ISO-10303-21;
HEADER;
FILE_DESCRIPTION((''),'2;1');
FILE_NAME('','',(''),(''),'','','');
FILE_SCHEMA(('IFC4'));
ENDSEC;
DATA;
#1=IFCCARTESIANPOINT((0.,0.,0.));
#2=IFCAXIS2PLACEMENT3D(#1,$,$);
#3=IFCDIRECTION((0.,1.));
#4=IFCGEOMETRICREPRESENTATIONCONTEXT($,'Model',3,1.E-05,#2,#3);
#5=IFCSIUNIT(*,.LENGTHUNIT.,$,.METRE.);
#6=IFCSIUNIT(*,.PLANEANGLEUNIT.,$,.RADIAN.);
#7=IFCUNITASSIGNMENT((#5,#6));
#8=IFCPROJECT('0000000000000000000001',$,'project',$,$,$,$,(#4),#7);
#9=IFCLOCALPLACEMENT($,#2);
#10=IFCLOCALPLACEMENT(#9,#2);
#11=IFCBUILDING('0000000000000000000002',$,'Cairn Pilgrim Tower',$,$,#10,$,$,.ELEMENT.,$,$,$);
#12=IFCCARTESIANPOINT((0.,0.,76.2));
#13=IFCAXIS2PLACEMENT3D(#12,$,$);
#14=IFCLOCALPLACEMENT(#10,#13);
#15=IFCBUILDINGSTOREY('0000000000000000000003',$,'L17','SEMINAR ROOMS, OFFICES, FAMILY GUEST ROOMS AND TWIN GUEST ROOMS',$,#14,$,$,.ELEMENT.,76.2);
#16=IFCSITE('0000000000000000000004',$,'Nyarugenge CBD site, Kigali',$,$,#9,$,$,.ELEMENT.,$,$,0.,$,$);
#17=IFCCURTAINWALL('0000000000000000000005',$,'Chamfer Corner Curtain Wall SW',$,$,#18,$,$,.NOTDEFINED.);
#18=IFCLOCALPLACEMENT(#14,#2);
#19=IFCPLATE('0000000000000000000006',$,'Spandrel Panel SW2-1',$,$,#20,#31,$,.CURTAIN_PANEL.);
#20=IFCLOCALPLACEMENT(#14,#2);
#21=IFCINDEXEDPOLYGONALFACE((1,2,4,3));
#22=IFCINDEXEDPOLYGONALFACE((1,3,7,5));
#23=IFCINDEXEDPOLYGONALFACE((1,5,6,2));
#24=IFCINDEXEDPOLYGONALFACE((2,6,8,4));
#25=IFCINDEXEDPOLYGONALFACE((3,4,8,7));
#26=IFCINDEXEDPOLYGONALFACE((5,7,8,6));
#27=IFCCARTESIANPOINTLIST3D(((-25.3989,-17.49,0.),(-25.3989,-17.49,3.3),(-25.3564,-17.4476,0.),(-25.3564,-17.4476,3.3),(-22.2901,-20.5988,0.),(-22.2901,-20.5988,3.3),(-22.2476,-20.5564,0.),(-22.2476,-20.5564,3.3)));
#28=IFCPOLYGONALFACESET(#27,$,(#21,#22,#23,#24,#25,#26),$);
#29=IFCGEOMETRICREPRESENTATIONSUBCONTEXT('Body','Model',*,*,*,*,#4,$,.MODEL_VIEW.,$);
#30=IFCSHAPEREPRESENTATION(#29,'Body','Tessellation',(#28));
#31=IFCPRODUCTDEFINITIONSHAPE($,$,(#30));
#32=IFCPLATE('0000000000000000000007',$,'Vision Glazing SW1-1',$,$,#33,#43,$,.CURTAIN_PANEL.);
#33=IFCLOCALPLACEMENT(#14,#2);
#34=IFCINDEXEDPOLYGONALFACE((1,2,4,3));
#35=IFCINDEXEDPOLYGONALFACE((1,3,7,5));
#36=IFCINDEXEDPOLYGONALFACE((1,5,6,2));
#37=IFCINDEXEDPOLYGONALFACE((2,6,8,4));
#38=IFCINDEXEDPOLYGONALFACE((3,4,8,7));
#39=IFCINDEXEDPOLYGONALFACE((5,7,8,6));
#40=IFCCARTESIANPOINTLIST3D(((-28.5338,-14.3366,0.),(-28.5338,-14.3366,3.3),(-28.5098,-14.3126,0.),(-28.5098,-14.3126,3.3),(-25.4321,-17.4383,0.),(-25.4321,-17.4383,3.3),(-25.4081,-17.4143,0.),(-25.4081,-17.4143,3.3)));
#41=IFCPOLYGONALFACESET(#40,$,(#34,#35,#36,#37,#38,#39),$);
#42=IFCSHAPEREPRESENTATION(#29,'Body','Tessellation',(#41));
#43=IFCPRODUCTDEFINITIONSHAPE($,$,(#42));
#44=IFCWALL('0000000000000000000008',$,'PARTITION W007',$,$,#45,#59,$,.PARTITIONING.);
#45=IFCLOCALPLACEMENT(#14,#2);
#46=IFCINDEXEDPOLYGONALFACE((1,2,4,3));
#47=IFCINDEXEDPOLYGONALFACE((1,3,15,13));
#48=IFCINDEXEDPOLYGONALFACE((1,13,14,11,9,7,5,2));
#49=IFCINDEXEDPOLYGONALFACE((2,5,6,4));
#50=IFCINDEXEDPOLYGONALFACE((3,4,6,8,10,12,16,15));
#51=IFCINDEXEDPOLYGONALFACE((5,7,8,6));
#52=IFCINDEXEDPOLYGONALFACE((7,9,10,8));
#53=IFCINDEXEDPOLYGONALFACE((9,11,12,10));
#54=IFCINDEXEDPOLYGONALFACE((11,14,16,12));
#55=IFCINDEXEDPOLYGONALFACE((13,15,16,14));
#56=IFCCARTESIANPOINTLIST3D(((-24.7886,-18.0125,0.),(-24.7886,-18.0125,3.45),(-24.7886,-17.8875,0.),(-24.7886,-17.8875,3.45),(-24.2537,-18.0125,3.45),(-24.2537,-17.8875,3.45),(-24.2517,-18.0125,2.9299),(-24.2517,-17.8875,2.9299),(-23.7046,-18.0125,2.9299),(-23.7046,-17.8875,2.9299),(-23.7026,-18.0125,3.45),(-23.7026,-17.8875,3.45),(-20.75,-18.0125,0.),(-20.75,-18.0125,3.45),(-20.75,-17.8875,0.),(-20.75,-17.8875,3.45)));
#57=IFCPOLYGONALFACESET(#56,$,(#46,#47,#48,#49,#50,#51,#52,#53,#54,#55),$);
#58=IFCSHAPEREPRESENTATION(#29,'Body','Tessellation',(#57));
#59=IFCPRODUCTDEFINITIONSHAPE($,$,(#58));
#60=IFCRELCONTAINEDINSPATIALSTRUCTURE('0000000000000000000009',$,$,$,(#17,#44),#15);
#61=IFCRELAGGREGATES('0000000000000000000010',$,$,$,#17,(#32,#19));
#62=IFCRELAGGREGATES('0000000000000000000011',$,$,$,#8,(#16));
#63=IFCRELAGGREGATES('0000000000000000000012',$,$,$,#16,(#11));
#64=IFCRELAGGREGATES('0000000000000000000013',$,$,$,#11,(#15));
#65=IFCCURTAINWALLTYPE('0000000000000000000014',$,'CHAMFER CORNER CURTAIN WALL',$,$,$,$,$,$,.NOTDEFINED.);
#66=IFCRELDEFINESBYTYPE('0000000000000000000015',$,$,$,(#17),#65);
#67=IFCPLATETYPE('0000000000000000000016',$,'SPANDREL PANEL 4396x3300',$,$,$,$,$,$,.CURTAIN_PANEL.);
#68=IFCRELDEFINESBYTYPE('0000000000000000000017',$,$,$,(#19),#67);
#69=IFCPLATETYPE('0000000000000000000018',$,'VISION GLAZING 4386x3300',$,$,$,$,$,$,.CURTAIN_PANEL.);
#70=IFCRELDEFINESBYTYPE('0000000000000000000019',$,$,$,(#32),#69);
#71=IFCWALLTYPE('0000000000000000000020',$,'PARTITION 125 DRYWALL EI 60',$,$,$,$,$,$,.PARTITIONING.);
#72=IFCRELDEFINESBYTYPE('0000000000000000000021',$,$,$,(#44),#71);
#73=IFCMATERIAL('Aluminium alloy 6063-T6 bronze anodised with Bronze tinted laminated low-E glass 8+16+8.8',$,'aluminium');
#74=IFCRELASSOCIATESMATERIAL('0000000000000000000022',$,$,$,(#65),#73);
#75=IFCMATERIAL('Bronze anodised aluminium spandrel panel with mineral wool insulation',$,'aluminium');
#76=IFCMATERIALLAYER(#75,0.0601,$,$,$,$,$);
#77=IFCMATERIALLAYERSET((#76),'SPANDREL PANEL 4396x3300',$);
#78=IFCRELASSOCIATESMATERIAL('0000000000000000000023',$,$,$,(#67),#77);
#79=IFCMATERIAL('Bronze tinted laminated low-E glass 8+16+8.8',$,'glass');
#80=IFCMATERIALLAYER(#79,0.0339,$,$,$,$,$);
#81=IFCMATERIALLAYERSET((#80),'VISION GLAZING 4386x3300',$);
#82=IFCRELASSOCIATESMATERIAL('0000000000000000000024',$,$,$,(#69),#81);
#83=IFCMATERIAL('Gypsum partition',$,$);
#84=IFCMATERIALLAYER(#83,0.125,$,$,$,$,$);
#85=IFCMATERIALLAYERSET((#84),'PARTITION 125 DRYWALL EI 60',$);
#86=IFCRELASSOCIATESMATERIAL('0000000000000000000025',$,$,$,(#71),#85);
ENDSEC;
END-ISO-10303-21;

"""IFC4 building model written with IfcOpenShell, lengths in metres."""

from ifc_helpers import new_model, si_unit, direction, frame, origin, origin_2d, place, context, subcontext, project, spatial, polyline, rectangle, outline, extrude, material, layer, layer_set, type_object, element, aggregate, save


model = new_model("IFC4")

# Units and contexts
model_context = context("Model", 3, precision=1e-05, world=origin(), true_north=direction((0.0, 1.0)))
body_context = subcontext(model_context, "Body", "Model", "MODEL_VIEW")
ifc_project = project(units=[si_unit("LENGTHUNIT", "METRE"), si_unit("PLANEANGLEUNIT", "RADIAN")], contexts=[model_context])

# Site, building, storey
site_placement = place(None, origin())
site = spatial("IfcSite", under=ifc_project, at=site_placement, Name="Nyarugenge CBD site, Kigali", CompositionType="ELEMENT", RefElevation=0.0)
building_placement = place(site_placement, origin())
building = spatial("IfcBuilding", under=site, at=building_placement, Name="Cairn Pilgrim Tower", CompositionType="ELEMENT")
storey_placement = place(building_placement, frame((0.0, 0.0, 76.2)))
storey = spatial("IfcBuildingStorey", under=building, at=storey_placement, Name="L17", Description="SEMINAR ROOMS, OFFICES, FAMILY GUEST ROOMS AND TWIN GUEST ROOMS", CompositionType="ELEMENT", Elevation=76.2)

# Curtain wall
ifc_material_1 = material(Name="Aluminium alloy 6063-T6 bronze anodised with Bronze tinted laminated low-E glass 8+16+8.8", Category="aluminium")
curtain_wall_type = type_object("IfcCurtainWallType", Name="CHAMFER CORNER CURTAIN WALL", PredefinedType="NOTDEFINED", material=ifc_material_1)
curtain_wall_placement = place(storey_placement, origin())
curtain_wall = element("IfcCurtainWall", 1, at=curtain_wall_placement, inside=storey, type_object=curtain_wall_type, Name="Chamfer Corner Curtain Wall SW", PredefinedType="NOTDEFINED")

# Plates
ifc_material_2 = material(Name="Bronze anodised aluminium spandrel panel with mineral wool insulation", Category="aluminium")
ifc_layer_1 = layer(ifc_material_2, 0.0601)
ifc_layer_set_1 = layer_set([ifc_layer_1], Name="SPANDREL PANEL 4396x3300")
plate_type_1 = type_object("IfcPlateType", Name="SPANDREL PANEL 4396x3300", PredefinedType="CURTAIN_PANEL", material=ifc_layer_set_1)
plate_1_placement = place(storey_placement, frame((-23.8232, -19.0232, 0.0), z_axis=(0.0, 0.0, 1.0), x_axis=(0.707107, -0.707107, 0.0)))
plate_1 = element("IfcPlate", 2, at=plate_1_placement, type_object=plate_type_1, Name="Spandrel Panel SW2-1", PredefinedType="CURTAIN_PANEL", context=body_context, shape_type="SweptSolid", body=[
    extrude(rectangle(XDim=4.3965, YDim=0.0601, at=origin_2d()), origin(), (0.0, 0.0, 1.0), 3.3),
])
ifc_material_3 = material(Name="Bronze tinted laminated low-E glass 8+16+8.8", Category="glass")
ifc_layer_2 = layer(ifc_material_3, 0.0339)
ifc_layer_set_2 = layer_set([ifc_layer_2], Name="VISION GLAZING 4386x3300")
plate_type_2 = type_object("IfcPlateType", Name="VISION GLAZING 4386x3300", PredefinedType="CURTAIN_PANEL", material=ifc_layer_set_2)
plate_2_placement = place(storey_placement, frame((-26.9709, -15.8755, 0.0), z_axis=(0.0, 0.0, 1.0), x_axis=(0.707107, -0.707107, 0.0)))
plate_2 = element("IfcPlate", 3, at=plate_2_placement, type_object=plate_type_2, Name="Vision Glazing SW1-1", PredefinedType="CURTAIN_PANEL", context=body_context, shape_type="SweptSolid", body=[
    extrude(rectangle(XDim=4.3865, YDim=0.0339, at=origin_2d()), origin(), (0.0, 0.0, 1.0), 3.3),
])
aggregate(curtain_wall, [plate_2, plate_1])

# Wall
ifc_material_4 = material(Name="Gypsum partition")
ifc_layer_3 = layer(ifc_material_4, 0.125)
ifc_layer_set_3 = layer_set([ifc_layer_3], Name="PARTITION 125 DRYWALL EI 60")
wall_type = type_object("IfcWallType", Name="PARTITION 125 DRYWALL EI 60", PredefinedType="PARTITIONING", material=ifc_layer_set_3)
wall_placement = place(storey_placement, frame((-24.7886, -17.95, 0.0), z_axis=(0.0, 0.0, 1.0), x_axis=(1.0, 0.0, 0.0)))
element("IfcWall", 4, at=wall_placement, inside=storey, type_object=wall_type, Name="PARTITION W007", PredefinedType="PARTITIONING", context=body_context, shape_type="SweptSolid", body=[
    extrude(outline(polyline([(0.0, 0.0), (4.0386, 0.0), (4.0386, 3.45), (1.0859, 3.45), (1.084, 2.9299), (0.5369, 2.9299), (0.5349, 3.45), (0.0, 3.45), (0.0, 0.0)])), frame((0.0, 0.0625, 0.0), z_axis=(0.0, -1.0, 0.0), x_axis=(1.0, 0.0, 0.0)), (0.0, 0.0, 1.0), 0.125),
])

save(model, "model.ifc")
